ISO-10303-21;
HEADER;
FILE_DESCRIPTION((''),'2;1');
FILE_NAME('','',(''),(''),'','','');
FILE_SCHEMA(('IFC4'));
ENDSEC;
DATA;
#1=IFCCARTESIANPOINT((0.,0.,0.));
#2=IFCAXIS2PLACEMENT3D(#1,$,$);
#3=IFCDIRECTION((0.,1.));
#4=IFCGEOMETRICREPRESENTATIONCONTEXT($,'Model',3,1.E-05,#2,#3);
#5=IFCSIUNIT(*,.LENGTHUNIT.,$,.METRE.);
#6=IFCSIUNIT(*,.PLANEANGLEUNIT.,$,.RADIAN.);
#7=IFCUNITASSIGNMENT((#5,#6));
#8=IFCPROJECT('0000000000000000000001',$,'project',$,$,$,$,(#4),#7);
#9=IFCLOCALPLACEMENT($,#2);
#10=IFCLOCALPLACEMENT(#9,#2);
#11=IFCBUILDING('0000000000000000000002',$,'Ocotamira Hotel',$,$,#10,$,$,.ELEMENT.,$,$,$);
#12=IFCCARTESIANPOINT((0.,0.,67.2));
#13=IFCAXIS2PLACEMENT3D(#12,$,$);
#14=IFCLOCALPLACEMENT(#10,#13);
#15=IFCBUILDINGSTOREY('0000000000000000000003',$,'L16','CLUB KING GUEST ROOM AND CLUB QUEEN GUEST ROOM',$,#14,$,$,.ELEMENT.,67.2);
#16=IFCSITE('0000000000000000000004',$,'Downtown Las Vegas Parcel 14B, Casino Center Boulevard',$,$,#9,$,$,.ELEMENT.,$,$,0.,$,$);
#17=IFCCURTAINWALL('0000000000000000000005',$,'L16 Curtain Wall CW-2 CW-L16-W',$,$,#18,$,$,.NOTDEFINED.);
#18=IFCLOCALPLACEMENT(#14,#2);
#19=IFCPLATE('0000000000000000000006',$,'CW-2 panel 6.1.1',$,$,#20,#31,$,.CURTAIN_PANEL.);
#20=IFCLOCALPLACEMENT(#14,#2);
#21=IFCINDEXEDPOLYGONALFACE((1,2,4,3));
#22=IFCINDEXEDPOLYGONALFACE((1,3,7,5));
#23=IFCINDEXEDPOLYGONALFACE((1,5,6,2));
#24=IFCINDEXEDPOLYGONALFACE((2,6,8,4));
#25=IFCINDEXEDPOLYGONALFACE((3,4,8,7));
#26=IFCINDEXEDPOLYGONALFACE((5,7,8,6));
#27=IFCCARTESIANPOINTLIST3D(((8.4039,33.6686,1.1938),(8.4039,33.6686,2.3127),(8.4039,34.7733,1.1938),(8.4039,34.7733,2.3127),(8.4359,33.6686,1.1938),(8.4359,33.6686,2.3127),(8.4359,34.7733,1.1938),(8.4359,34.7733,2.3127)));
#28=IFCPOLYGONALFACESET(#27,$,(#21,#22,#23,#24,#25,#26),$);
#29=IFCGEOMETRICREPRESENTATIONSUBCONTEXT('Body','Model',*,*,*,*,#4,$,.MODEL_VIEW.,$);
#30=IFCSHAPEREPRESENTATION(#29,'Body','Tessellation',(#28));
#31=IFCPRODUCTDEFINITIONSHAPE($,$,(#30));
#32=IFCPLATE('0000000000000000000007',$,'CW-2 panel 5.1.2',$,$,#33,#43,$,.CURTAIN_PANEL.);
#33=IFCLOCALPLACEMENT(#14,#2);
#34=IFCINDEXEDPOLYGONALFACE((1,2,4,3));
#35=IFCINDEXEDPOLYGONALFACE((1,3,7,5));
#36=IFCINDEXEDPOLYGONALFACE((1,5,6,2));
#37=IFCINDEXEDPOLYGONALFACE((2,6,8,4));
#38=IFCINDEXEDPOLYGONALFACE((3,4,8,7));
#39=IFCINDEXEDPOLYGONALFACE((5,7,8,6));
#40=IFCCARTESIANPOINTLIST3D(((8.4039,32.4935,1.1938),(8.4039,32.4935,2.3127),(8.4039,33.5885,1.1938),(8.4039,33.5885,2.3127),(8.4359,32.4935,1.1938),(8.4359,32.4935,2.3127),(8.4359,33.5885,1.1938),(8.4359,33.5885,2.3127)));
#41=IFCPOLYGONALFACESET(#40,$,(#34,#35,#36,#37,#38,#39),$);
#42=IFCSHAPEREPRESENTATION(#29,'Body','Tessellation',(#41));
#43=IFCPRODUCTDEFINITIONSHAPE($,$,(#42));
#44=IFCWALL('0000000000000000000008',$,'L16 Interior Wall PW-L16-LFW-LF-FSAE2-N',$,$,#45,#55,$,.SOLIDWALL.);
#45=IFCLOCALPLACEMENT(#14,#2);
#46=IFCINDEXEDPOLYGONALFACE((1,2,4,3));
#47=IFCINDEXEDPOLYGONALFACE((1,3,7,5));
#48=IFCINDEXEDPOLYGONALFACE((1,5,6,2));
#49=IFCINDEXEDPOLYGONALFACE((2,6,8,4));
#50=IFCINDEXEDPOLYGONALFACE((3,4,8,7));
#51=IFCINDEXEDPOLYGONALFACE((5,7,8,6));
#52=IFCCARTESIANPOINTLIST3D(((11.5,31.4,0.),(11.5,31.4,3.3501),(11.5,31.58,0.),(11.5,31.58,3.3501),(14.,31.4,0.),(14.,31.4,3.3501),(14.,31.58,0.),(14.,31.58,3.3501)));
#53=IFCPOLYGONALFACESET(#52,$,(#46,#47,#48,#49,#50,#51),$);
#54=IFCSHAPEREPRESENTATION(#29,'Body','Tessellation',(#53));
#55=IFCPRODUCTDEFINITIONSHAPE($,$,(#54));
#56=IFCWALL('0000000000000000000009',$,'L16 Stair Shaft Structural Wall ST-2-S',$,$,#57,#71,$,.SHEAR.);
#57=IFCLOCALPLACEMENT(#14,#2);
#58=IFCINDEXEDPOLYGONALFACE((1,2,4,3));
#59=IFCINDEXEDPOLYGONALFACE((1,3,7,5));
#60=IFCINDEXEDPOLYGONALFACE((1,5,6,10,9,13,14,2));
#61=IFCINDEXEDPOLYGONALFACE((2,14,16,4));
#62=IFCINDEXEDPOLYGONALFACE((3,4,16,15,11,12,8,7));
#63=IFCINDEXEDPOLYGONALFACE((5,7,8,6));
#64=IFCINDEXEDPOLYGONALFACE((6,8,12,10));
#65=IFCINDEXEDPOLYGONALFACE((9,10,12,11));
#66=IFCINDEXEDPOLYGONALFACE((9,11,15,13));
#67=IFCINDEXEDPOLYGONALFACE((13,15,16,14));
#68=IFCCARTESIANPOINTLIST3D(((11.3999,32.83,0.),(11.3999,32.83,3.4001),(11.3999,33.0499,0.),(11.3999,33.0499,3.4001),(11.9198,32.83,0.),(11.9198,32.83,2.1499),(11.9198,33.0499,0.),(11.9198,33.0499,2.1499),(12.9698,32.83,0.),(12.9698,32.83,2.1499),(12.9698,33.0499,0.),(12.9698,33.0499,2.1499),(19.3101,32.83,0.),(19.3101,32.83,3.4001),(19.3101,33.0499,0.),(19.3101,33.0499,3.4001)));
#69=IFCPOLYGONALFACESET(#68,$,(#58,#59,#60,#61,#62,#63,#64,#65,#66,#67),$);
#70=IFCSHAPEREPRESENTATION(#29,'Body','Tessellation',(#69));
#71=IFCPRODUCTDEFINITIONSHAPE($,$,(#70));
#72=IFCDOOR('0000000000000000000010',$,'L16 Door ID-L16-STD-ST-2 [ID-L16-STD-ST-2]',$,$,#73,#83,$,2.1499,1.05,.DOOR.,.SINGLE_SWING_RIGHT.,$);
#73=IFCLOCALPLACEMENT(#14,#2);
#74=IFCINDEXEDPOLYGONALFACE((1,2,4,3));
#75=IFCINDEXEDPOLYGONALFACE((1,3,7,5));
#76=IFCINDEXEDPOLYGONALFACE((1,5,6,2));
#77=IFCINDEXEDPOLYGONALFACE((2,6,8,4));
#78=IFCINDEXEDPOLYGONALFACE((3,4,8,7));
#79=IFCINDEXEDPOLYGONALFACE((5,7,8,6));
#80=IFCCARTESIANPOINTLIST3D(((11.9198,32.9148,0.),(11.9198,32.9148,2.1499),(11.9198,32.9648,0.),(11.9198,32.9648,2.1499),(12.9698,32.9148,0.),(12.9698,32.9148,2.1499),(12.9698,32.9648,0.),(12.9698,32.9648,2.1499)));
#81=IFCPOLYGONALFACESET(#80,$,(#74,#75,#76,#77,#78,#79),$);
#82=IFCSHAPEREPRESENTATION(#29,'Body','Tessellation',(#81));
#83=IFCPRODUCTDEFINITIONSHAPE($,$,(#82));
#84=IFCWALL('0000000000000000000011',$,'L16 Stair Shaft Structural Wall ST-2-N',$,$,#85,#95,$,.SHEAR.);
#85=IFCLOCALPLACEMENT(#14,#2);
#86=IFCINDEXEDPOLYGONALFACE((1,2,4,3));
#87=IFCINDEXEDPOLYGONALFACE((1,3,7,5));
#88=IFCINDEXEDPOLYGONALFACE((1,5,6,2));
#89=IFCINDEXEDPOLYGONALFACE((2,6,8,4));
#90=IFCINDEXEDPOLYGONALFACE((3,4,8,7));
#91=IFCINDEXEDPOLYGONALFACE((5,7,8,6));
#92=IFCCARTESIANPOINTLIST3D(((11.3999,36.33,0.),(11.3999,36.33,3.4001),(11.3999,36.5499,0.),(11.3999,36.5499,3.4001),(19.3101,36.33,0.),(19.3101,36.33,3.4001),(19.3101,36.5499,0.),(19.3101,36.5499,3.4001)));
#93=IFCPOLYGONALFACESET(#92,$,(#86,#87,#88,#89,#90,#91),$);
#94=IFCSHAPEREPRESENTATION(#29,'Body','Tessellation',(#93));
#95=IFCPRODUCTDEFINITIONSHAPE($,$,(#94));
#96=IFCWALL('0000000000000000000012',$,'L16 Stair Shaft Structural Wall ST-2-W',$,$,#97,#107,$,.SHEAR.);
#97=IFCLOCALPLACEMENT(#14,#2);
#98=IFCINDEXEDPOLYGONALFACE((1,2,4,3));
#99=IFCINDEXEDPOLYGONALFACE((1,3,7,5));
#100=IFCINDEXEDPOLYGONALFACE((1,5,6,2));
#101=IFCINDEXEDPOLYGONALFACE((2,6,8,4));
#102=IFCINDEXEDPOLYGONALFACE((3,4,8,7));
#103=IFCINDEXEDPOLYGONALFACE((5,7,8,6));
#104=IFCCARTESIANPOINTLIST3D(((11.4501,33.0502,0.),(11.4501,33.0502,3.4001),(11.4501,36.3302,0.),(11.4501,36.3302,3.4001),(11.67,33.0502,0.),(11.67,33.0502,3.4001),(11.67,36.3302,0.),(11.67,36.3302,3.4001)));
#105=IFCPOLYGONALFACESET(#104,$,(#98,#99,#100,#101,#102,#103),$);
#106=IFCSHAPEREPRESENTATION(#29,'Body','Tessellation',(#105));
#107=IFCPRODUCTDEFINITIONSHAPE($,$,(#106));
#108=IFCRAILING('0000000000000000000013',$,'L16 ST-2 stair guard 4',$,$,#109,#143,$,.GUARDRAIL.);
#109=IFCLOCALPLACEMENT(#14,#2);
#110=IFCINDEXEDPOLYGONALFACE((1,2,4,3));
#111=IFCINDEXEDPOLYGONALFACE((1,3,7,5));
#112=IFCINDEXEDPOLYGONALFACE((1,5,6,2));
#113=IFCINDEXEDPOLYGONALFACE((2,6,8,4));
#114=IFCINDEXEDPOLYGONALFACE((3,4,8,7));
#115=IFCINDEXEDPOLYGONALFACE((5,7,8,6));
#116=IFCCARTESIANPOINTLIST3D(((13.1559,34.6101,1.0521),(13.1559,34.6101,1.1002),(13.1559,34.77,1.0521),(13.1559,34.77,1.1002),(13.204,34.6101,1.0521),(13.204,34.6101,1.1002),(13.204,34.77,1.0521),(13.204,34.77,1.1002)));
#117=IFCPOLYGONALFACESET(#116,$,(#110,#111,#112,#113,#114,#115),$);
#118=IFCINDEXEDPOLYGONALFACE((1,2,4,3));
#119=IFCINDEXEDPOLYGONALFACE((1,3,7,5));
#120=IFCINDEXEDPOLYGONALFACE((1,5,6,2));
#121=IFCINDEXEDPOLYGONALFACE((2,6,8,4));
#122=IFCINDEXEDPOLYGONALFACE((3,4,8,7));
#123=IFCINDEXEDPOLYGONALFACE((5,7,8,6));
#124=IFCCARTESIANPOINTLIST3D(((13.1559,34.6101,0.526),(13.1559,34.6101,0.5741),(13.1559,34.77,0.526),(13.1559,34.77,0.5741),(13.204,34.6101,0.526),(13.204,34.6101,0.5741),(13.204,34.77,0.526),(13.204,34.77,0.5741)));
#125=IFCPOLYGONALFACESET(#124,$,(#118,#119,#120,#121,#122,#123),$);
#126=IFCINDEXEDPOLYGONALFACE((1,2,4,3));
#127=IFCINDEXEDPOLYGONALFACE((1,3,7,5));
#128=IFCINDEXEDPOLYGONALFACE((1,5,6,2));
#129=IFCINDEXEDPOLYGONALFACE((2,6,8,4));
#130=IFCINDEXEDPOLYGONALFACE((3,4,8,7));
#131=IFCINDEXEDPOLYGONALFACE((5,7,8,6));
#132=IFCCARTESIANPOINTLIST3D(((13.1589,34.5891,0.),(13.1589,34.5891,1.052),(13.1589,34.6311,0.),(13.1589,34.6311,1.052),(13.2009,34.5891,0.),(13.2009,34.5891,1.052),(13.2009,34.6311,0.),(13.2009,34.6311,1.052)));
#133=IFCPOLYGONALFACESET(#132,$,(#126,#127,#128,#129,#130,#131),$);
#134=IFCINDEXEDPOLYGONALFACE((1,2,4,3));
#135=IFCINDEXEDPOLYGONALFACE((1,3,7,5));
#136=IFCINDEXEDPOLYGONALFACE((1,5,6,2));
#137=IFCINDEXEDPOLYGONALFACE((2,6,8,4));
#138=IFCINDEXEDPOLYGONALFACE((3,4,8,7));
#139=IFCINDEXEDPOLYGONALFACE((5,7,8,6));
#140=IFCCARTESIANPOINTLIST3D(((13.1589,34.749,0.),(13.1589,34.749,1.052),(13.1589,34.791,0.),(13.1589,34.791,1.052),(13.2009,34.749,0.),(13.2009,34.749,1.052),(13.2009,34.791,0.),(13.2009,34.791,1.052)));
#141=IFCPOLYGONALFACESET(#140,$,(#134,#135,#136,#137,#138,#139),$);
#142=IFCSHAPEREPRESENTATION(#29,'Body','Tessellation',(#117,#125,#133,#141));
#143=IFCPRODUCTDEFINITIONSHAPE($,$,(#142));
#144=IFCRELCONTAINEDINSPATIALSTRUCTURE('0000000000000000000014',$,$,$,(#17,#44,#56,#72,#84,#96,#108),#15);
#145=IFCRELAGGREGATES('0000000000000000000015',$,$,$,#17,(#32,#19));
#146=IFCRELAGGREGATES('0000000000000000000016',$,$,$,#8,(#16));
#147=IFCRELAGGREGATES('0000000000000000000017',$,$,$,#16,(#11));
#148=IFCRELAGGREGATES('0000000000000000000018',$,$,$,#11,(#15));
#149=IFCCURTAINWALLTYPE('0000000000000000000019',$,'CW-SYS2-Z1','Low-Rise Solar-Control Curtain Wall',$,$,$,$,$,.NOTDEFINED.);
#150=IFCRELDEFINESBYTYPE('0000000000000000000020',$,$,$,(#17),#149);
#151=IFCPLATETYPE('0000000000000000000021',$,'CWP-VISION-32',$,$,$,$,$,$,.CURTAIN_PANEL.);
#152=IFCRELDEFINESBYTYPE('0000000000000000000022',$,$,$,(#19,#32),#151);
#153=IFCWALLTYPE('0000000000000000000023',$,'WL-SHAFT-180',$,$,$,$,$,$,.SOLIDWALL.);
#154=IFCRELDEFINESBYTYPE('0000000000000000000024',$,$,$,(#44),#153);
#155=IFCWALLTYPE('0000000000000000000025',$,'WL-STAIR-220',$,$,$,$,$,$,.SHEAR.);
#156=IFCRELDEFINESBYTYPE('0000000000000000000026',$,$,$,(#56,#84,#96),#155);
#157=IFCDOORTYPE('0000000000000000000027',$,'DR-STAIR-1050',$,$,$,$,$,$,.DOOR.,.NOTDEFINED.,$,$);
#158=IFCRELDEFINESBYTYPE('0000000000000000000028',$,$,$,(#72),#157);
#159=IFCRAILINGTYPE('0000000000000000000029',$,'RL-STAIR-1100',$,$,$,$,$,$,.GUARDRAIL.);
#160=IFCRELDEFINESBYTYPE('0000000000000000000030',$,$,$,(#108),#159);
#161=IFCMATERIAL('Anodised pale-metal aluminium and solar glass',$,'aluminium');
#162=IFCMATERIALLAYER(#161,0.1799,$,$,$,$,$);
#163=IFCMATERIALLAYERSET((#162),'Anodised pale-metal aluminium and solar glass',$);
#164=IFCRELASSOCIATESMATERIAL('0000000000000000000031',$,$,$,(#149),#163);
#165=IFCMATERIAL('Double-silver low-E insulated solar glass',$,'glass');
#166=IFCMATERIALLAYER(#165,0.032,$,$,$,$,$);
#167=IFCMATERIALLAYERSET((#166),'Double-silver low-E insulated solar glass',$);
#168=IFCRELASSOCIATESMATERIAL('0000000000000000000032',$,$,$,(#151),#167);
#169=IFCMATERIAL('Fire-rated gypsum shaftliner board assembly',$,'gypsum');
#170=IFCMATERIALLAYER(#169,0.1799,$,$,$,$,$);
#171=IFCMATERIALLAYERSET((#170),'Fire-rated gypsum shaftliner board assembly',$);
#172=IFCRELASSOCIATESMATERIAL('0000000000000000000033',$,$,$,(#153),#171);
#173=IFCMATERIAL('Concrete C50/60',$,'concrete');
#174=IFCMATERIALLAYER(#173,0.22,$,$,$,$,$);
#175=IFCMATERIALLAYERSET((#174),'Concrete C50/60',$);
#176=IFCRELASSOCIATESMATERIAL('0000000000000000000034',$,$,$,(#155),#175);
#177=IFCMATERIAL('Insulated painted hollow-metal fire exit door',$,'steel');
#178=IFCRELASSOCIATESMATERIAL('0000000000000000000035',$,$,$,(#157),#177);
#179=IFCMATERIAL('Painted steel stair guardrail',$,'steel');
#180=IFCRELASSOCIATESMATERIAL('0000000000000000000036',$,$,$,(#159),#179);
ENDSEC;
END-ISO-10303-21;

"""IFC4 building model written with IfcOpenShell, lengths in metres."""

from ifc_helpers import new_model, si_unit, direction, frame, frame_2d, origin, origin_2d, place, context, subcontext, project, spatial, rectangle, extrude, source, transform, mapped, material, layer, layer_set, type_object, element, fill, aggregate, save


model = new_model("IFC4")

# Units and contexts
model_context = context("Model", 3, precision=1e-05, world=origin(), true_north=direction((0.0, 1.0)))
body_context = subcontext(model_context, "Body", "Model", "MODEL_VIEW")
ifc_project = project(units=[si_unit("LENGTHUNIT", "METRE"), si_unit("PLANEANGLEUNIT", "RADIAN")], contexts=[model_context])

# Site, building, storey
site_placement = place(None, origin())
site = spatial("IfcSite", under=ifc_project, at=site_placement, Name="Downtown Las Vegas Parcel 14B, Casino Center Boulevard", CompositionType="ELEMENT", RefElevation=0.0)
building_placement = place(site_placement, origin())
building = spatial("IfcBuilding", under=site, at=building_placement, Name="Ocotamira Hotel", CompositionType="ELEMENT")
storey_placement = place(building_placement, frame((0.0, 0.0, 67.2)))
storey = spatial("IfcBuildingStorey", under=building, at=storey_placement, Name="L16", Description="CLUB KING GUEST ROOM AND CLUB QUEEN GUEST ROOM", CompositionType="ELEMENT", Elevation=67.2)

# Curtain wall, plates
ifc_material_1 = material(Name="Anodised pale-metal aluminium and solar glass", Category="aluminium")
ifc_layer_1 = layer(ifc_material_1, 0.1799)
ifc_layer_set_1 = layer_set([ifc_layer_1], Name="Anodised pale-metal aluminium and solar glass")
curtain_wall_type = type_object("IfcCurtainWallType", Name="CW-SYS2-Z1", Description="Low-Rise Solar-Control Curtain Wall", PredefinedType="NOTDEFINED", material=ifc_layer_set_1)
curtain_wall_placement = place(storey_placement, origin())
curtain_wall = element("IfcCurtainWall", 1, at=curtain_wall_placement, inside=storey, type_object=curtain_wall_type, Name="L16 Curtain Wall CW-2 CW-L16-W", PredefinedType="NOTDEFINED")
ifc_material_2 = material(Name="Double-silver low-E insulated solar glass", Category="glass")
ifc_layer_2 = layer(ifc_material_2, 0.032)
ifc_layer_set_2 = layer_set([ifc_layer_2], Name="Double-silver low-E insulated solar glass")
plate_type = type_object("IfcPlateType", Name="CWP-VISION-32", PredefinedType="CURTAIN_PANEL", material=ifc_layer_set_2)
shared_shape_1 = source(origin(), body_context, "Body", "SweptSolid", [
    extrude(rectangle(XDim=1.1047, YDim=0.032, at=origin_2d()), origin(), (0.0, 0.0, 1.0), 1.1189),
])
plate_1_placement = place(storey_placement, frame((8.4199, 34.2209, 1.1938), z_axis=(0.0, 0.0, 1.0), x_axis=(0.0, 1.0, 0.0)))
plate_1 = element("IfcPlate", 2, at=plate_1_placement, type_object=plate_type, Name="CW-2 panel 6.1.1", PredefinedType="CURTAIN_PANEL", context=body_context, shape_type="MappedRepresentation", body=[
    mapped(shared_shape_1, transform((0.0, 0.0, 0.0), scale=1.0)),
])
shared_shape_2 = source(origin(), body_context, "Body", "SweptSolid", [
    extrude(rectangle(XDim=1.095, YDim=0.032, at=origin_2d()), origin(), (0.0, 0.0, 1.0), 1.1189),
])
plate_2_placement = place(storey_placement, frame((8.4199, 33.041, 1.1938), z_axis=(0.0, 0.0, 1.0), x_axis=(0.0, 1.0, 0.0)))
plate_2 = element("IfcPlate", 3, at=plate_2_placement, type_object=plate_type, Name="CW-2 panel 5.1.2", PredefinedType="CURTAIN_PANEL", context=body_context, shape_type="MappedRepresentation", body=[
    mapped(shared_shape_2, transform((0.0, 0.0, 0.0), scale=1.0)),
])
aggregate(curtain_wall, [plate_2, plate_1])

# Wall
ifc_material_3 = material(Name="Fire-rated gypsum shaftliner board assembly", Category="gypsum")
ifc_layer_3 = layer(ifc_material_3, 0.1799)
ifc_layer_set_3 = layer_set([ifc_layer_3], Name="Fire-rated gypsum shaftliner board assembly")
wall_type_1 = type_object("IfcWallType", Name="WL-SHAFT-180", PredefinedType="SOLIDWALL", material=ifc_layer_set_3)
wall_1_placement = place(storey_placement, frame((11.5, 31.49, 0.0), z_axis=(0.0, 0.0, 1.0), x_axis=(1.0, 0.0, 0.0)))
element("IfcWall", 4, at=wall_1_placement, inside=storey, type_object=wall_type_1, Name="L16 Interior Wall PW-L16-LFW-LF-FSAE2-N", PredefinedType="SOLIDWALL", context=body_context, shape_type="SweptSolid", body=[
    extrude(rectangle(XDim=2.5, YDim=0.1799, at=frame_2d((1.25, 0.0))), origin(), (0.0, 0.0, 1.0), 3.3501),
])

# Wall, opening, door
ifc_material_4 = material(Name="Concrete C50/60", Category="concrete")
ifc_layer_4 = layer(ifc_material_4, 0.22)
ifc_layer_set_4 = layer_set([ifc_layer_4], Name="Concrete C50/60")
wall_type_2 = type_object("IfcWallType", Name="WL-STAIR-220", PredefinedType="SHEAR", material=ifc_layer_set_4)
wall_2_placement = place(storey_placement, frame((11.3999, 32.9399, 0.0), z_axis=(0.0, 0.0, 1.0), x_axis=(1.0, 0.0, 0.0)))
wall_2 = element("IfcWall", 5, at=wall_2_placement, inside=storey, type_object=wall_type_2, Name="L16 Stair Shaft Structural Wall ST-2-S", PredefinedType="SHEAR", context=body_context, shape_type="SweptSolid", body=[
    extrude(rectangle(XDim=7.9102, YDim=0.22, at=frame_2d((3.9551, 0.0))), origin(), (0.0, 0.0, 1.0), 3.4001),
])
opening_1_placement = place(wall_2_placement, frame((0.52, 0.0, 0.0)))
opening_1 = element("IfcOpeningElement", 6, at=opening_1_placement, cuts=wall_2, PredefinedType="OPENING", context=body_context, shape_type="SweptSolid", body=[
    extrude(rectangle(XDim=1.05, YDim=2.1499, at=frame_2d((0.5249, 1.075))), frame((0.0, 0.1201, 0.0), z_axis=(0.0, -1.0, 0.0), x_axis=(1.0, 0.0, 0.0)), (0.0, 0.0, 1.0), 0.24),
])
ifc_material_5 = material(Name="Insulated painted hollow-metal fire exit door", Category="steel")
door_type_1 = type_object("IfcDoorType", Name="DR-STAIR-1050", OperationType="NOTDEFINED", PredefinedType="DOOR", material=ifc_material_5)
shared_shape_3 = source(origin(), body_context, "Body", "SweptSolid", [
    extrude(rectangle(XDim=1.05, YDim=2.1499, at=frame_2d((0.5249, 1.075))), frame((0.0, 0.0249, 0.0), z_axis=(0.0, -1.0, 0.0), x_axis=(1.0, 0.0, 0.0)), (0.0, 0.0, 1.0), 0.05),
])
door_1_placement = place(opening_1_placement, origin())
door_1 = element("IfcDoor", 7, at=door_1_placement, inside=storey, type_object=door_type_1, Name="L16 Door ID-L16-STD-ST-2 [ID-L16-STD-ST-2]", OperationType="SINGLE_SWING_RIGHT", OverallHeight=2.1499, OverallWidth=1.05, PredefinedType="DOOR", context=body_context, shape_type="MappedRepresentation", body=[
    mapped(shared_shape_3, transform((0.0, 0.0, 0.0), scale=1.0)),
])
fill(opening_1, door_1)

# Walls
wall_3_placement = place(storey_placement, frame((11.3999, 36.4399, 0.0), z_axis=(0.0, 0.0, 1.0), x_axis=(1.0, 0.0, 0.0)))
element("IfcWall", 8, at=wall_3_placement, inside=storey, type_object=wall_type_2, Name="L16 Stair Shaft Structural Wall ST-2-N", PredefinedType="SHEAR", context=body_context, shape_type="SweptSolid", body=[
    extrude(rectangle(XDim=7.9102, YDim=0.22, at=frame_2d((3.9551, 0.0))), origin(), (0.0, 0.0, 1.0), 3.4001),
])
wall_4_placement = place(storey_placement, frame((11.5601, 33.05, 0.0), z_axis=(0.0, 0.0, 1.0), x_axis=(0.0, 1.0, 0.0)))
element("IfcWall", 9, at=wall_4_placement, inside=storey, type_object=wall_type_2, Name="L16 Stair Shaft Structural Wall ST-2-W", PredefinedType="SHEAR", context=body_context, shape_type="SweptSolid", body=[
    extrude(rectangle(XDim=3.28, YDim=0.22, at=frame_2d((1.6401, 0.0))), origin(), (0.0, 0.0, 1.0), 3.4001),
])

# Railing
ifc_material_6 = material(Name="Painted steel stair guardrail", Category="steel")
railing_type = type_object("IfcRailingType", Name="RL-STAIR-1100", PredefinedType="GUARDRAIL", material=ifc_material_6)
railing_placement = place(storey_placement, frame((13.1799, 34.6101, 0.0)))
element("IfcRailing", 10, at=railing_placement, inside=storey, type_object=railing_type, Name="L16 ST-2 stair guard 4", PredefinedType="GUARDRAIL", context=body_context, shape_type="SweptSolid", body=[
    extrude(rectangle(XDim=0.0481, YDim=0.0481, at=origin_2d()), frame((0.0, 0.0, 1.0762), z_axis=(0.0, 1.0, 0.0), x_axis=(-1.0, 0.0, 0.0)), (0.0, 0.0, 1.0), 0.1599),
    extrude(rectangle(XDim=0.0481, YDim=0.0481, at=origin_2d()), frame((0.0, 0.0, 0.55), z_axis=(0.0, 1.0, 0.0), x_axis=(-1.0, 0.0, 0.0)), (0.0, 0.0, 1.0), 0.1599),
    extrude(rectangle(XDim=0.042, YDim=0.042, at=origin_2d()), origin(), (0.0, 0.0, 1.0), 1.052),
    extrude(rectangle(XDim=0.042, YDim=0.042, at=origin_2d()), frame((0.0, 0.1599, 0.0)), (0.0, 0.0, 1.0), 1.052),
])

save(model, "model.ifc")
